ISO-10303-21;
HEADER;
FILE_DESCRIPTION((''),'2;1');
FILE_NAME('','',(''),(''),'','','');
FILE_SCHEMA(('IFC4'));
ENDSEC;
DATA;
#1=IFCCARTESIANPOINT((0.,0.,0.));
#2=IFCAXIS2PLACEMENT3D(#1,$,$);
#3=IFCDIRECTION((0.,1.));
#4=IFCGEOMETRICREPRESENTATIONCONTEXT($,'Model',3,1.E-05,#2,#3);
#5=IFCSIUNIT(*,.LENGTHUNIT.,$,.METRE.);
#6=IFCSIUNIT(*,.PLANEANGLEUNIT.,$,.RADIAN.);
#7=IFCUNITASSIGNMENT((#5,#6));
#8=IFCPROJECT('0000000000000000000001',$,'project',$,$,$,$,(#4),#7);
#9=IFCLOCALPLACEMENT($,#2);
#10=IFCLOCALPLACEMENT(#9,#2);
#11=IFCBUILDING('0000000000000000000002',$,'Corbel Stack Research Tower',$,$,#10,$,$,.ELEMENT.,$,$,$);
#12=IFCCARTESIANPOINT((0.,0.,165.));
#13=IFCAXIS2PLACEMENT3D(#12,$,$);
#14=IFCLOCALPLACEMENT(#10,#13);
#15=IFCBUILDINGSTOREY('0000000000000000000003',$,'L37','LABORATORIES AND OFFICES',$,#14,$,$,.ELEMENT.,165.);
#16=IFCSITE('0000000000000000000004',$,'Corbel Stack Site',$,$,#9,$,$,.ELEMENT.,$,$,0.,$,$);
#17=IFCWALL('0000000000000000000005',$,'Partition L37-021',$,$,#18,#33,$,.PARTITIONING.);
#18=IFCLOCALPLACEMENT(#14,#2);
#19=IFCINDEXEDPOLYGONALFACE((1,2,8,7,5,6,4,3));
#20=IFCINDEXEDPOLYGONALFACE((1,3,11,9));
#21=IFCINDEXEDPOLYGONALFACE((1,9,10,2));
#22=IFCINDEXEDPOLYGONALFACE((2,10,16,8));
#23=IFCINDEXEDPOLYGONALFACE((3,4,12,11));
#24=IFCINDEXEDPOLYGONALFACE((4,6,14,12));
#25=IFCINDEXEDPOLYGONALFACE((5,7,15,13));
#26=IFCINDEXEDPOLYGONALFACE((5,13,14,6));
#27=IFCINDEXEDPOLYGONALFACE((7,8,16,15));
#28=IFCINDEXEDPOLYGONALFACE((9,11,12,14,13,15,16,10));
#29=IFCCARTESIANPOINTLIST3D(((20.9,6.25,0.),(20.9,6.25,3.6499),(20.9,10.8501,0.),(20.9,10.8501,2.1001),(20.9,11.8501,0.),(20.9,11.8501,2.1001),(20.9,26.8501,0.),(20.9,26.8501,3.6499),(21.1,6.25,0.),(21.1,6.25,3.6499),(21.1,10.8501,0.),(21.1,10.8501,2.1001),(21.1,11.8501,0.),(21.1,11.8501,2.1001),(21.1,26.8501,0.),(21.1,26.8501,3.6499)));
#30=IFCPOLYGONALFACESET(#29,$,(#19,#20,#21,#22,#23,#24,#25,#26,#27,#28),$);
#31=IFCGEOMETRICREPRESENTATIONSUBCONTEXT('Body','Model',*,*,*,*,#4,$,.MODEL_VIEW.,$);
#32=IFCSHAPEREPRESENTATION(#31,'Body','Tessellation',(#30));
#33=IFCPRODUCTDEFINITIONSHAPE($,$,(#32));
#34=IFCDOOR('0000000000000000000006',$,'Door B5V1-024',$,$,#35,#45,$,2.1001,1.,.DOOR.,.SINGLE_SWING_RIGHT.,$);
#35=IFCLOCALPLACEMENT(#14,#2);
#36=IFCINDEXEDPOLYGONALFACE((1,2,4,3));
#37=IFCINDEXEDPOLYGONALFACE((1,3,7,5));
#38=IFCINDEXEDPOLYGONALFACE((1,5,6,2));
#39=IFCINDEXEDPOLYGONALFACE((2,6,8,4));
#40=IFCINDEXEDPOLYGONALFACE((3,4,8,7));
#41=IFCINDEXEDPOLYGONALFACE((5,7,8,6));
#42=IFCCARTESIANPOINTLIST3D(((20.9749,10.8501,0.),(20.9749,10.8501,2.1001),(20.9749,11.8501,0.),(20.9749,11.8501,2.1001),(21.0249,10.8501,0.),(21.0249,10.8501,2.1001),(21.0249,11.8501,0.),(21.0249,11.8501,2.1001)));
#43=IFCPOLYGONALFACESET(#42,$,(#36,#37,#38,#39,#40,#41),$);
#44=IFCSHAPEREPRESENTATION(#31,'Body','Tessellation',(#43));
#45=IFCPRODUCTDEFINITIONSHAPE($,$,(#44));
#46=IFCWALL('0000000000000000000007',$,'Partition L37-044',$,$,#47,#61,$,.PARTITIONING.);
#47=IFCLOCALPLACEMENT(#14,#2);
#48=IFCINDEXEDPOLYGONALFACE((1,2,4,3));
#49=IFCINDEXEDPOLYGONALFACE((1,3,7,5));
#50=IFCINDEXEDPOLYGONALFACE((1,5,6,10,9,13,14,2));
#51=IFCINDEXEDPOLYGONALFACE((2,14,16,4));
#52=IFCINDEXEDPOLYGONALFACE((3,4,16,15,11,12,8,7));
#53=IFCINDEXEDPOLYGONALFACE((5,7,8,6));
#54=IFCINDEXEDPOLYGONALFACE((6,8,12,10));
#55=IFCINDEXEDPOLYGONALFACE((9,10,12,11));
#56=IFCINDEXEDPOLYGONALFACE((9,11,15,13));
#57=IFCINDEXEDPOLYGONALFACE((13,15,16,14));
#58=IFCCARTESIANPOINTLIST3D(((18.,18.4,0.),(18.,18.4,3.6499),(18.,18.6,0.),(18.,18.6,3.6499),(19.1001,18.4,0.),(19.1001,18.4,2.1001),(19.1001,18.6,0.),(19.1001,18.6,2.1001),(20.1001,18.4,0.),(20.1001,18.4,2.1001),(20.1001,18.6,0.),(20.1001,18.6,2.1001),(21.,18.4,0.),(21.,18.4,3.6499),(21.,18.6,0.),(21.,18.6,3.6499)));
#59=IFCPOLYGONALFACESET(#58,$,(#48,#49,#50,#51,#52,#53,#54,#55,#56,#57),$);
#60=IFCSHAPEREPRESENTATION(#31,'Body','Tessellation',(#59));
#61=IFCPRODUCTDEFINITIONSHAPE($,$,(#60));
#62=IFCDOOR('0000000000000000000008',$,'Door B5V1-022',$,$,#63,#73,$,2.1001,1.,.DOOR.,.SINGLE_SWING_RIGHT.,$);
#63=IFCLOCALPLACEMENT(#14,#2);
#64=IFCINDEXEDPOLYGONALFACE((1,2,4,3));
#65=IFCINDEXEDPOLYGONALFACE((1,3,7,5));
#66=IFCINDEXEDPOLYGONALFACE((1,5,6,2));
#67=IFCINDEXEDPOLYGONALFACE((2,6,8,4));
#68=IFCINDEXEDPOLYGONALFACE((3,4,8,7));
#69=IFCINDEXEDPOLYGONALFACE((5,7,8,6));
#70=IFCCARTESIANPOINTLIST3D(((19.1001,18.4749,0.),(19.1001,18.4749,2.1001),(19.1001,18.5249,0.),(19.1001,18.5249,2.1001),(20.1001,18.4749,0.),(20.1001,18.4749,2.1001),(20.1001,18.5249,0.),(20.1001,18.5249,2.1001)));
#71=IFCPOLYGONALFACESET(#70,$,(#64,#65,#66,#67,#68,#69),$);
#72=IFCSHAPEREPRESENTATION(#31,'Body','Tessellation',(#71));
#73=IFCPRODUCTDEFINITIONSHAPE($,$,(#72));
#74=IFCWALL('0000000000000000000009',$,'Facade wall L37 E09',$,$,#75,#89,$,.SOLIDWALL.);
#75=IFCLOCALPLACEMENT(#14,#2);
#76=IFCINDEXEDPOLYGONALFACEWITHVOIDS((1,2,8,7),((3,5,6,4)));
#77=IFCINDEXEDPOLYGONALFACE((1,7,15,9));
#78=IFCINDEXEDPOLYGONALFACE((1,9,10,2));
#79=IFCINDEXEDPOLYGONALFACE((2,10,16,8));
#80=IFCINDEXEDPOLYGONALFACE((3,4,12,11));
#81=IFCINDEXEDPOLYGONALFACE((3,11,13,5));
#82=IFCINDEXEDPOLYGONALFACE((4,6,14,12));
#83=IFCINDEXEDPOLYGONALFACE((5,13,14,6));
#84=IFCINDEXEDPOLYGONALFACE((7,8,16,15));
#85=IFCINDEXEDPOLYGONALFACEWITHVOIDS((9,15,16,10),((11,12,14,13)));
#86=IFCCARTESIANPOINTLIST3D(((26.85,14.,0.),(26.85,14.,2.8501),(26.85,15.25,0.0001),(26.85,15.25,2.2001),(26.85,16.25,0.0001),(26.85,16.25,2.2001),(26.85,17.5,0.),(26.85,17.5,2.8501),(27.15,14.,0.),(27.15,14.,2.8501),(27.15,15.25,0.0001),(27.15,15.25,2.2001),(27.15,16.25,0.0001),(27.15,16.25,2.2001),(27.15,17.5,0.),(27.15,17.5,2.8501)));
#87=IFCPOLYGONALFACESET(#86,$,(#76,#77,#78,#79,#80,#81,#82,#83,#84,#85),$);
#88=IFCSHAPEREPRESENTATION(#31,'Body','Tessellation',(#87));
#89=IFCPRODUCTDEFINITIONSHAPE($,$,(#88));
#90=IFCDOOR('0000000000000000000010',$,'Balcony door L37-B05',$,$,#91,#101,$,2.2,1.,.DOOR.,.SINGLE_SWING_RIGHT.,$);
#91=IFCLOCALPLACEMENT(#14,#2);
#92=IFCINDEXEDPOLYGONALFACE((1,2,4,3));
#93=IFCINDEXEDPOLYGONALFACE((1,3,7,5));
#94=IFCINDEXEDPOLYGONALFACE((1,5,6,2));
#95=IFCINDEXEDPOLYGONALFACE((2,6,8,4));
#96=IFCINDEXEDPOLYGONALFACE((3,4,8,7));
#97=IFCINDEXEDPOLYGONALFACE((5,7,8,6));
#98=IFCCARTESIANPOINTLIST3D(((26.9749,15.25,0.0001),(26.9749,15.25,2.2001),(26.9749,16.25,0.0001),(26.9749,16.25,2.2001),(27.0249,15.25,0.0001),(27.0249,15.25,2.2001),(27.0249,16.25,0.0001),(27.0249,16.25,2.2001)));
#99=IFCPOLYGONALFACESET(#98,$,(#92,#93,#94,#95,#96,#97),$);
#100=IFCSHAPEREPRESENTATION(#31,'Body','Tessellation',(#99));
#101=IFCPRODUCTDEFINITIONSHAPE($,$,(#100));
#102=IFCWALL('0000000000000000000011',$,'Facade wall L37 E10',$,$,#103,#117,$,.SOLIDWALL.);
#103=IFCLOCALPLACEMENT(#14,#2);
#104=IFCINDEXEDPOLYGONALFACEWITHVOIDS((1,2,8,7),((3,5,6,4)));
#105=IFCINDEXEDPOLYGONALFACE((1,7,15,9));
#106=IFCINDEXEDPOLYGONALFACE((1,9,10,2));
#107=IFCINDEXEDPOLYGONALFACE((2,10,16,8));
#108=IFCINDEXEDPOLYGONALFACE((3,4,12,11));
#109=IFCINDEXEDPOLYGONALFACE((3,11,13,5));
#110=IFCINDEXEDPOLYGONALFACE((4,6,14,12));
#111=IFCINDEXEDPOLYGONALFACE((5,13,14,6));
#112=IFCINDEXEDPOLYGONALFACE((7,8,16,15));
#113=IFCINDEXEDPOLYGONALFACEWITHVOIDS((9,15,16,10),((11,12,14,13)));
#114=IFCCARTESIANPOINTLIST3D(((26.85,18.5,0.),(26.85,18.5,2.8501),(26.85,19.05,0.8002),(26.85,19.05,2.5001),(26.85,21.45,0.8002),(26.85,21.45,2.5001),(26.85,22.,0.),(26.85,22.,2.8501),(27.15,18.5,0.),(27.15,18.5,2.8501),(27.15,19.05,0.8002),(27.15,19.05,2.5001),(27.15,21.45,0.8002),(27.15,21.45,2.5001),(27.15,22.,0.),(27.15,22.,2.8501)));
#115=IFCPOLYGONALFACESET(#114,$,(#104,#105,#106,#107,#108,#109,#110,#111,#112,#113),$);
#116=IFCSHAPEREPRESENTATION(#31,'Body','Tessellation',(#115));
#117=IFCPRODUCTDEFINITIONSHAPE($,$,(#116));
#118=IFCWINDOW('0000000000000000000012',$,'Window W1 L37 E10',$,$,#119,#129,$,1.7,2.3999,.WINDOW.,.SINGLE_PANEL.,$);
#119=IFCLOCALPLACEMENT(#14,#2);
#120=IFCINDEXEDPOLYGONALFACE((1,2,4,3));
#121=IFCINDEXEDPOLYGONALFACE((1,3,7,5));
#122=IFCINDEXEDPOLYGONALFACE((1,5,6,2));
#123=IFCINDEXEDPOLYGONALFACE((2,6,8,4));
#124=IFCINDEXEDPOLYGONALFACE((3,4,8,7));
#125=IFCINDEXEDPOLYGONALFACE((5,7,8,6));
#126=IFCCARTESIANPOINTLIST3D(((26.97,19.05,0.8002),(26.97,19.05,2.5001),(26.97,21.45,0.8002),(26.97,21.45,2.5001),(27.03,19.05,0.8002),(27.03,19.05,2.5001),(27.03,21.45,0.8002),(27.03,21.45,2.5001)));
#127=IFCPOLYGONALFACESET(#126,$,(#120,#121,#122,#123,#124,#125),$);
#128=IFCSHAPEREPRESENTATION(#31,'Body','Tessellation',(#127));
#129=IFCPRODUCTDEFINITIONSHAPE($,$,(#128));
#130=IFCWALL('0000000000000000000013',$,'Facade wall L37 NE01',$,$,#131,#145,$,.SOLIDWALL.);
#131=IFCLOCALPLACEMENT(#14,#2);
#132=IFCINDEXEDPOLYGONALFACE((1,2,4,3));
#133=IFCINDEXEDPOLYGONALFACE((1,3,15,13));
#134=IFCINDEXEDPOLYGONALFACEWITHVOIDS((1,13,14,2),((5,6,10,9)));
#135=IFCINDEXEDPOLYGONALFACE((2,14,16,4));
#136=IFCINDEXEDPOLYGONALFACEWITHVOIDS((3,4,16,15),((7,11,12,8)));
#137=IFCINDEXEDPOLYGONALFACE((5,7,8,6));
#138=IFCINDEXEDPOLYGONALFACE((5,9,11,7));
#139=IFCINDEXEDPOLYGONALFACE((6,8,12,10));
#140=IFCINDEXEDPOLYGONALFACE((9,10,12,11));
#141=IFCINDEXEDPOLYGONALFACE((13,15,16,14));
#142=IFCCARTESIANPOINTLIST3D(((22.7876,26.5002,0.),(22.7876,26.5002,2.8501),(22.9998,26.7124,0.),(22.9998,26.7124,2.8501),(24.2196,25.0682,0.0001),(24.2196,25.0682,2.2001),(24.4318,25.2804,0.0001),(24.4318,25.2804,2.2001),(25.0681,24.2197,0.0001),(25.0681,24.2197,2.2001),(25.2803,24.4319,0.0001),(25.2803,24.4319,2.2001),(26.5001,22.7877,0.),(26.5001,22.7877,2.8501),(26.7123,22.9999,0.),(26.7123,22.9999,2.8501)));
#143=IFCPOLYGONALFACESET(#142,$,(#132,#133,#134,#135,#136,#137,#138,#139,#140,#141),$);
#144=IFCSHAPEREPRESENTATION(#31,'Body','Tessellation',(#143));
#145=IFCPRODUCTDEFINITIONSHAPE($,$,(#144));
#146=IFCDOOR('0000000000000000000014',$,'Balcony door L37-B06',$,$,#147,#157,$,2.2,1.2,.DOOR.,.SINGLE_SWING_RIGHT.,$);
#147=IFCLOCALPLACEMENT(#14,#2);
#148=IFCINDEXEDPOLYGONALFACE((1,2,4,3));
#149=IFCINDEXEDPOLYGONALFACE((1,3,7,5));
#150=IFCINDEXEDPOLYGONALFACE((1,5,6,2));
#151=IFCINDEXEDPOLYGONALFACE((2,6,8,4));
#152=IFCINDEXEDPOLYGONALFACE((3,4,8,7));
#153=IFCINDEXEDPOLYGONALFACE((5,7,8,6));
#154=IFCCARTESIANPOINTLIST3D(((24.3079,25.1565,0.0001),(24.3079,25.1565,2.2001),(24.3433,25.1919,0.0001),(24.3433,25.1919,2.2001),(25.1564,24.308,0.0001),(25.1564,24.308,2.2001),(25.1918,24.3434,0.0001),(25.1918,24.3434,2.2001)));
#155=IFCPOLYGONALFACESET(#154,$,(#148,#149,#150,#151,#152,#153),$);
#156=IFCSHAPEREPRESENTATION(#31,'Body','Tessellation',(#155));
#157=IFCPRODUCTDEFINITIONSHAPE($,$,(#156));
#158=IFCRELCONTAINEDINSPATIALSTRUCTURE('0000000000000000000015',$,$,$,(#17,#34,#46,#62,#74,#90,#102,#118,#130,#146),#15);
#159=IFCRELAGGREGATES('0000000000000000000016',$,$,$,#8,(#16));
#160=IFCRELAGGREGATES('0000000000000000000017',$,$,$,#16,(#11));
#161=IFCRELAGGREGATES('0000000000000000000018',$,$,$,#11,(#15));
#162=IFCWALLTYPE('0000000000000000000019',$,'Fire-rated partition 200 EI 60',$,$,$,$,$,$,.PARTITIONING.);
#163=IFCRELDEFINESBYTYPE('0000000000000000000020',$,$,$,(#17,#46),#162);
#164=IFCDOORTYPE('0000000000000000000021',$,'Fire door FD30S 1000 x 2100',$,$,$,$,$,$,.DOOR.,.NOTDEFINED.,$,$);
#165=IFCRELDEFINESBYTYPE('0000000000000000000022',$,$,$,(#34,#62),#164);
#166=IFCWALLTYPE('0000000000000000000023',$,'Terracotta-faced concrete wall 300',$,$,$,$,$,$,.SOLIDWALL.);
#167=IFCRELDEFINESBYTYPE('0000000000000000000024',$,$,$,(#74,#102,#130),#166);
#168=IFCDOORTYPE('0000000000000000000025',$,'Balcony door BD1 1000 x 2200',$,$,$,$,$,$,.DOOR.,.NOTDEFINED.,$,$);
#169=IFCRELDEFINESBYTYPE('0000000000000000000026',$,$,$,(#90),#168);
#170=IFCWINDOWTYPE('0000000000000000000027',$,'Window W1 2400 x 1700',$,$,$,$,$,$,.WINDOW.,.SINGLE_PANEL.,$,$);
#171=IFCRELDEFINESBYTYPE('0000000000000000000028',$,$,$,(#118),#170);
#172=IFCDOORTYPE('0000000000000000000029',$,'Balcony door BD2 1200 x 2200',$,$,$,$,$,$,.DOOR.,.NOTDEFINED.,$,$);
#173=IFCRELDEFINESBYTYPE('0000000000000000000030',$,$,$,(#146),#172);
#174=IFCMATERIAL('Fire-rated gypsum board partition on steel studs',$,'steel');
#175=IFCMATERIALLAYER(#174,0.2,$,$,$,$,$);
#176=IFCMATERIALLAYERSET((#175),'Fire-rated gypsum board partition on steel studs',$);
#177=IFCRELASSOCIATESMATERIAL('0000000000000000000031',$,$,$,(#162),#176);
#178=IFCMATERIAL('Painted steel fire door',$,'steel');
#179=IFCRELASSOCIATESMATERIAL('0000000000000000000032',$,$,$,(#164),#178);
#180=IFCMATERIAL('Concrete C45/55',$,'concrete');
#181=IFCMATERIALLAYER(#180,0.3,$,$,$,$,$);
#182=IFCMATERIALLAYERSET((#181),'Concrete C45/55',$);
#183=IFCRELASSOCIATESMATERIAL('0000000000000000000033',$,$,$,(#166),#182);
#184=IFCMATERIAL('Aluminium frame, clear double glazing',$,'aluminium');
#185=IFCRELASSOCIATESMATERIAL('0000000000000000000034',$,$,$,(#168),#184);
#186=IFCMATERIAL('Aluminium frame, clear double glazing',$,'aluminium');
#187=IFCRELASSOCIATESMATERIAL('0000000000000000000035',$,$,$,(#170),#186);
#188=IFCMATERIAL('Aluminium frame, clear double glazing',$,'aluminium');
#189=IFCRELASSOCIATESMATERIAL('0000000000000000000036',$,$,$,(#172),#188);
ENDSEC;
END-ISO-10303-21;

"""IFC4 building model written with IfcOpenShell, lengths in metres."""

from ifc_helpers import new_model, si_unit, direction, frame, frame_2d, origin, place, context, subcontext, project, spatial, rectangle, extrude, material, layer, layer_set, type_object, element, fill, save


model = new_model("IFC4")

# Units and contexts
model_context = context("Model", 3, precision=1e-05, world=origin(), true_north=direction((0.0, 1.0)))
body_context = subcontext(model_context, "Body", "Model", "MODEL_VIEW")
ifc_project = project(units=[si_unit("LENGTHUNIT", "METRE"), si_unit("PLANEANGLEUNIT", "RADIAN")], contexts=[model_context])

# Site, building, storey
site_placement = place(None, origin())
site = spatial("IfcSite", under=ifc_project, at=site_placement, Name="Corbel Stack Site", CompositionType="ELEMENT", RefElevation=0.0)
building_placement = place(site_placement, origin())
building = spatial("IfcBuilding", under=site, at=building_placement, Name="Corbel Stack Research Tower", CompositionType="ELEMENT")
storey_placement = place(building_placement, frame((0.0, 0.0, 165.0)))
storey = spatial("IfcBuildingStorey", under=building, at=storey_placement, Name="L37", Description="LABORATORIES AND OFFICES", CompositionType="ELEMENT", Elevation=165.0)

# Walls, openings, doors
ifc_material_1 = material(Name="Fire-rated gypsum board partition on steel studs", Category="steel")
ifc_layer_1 = layer(ifc_material_1, 0.2)
ifc_layer_set_1 = layer_set([ifc_layer_1], Name="Fire-rated gypsum board partition on steel studs")
wall_type_1 = type_object("IfcWallType", Name="Fire-rated partition 200 EI 60", PredefinedType="PARTITIONING", material=ifc_layer_set_1)
wall_1_placement = place(storey_placement, frame((21.0, 26.8501, 0.0), z_axis=(0.0, 0.0, 1.0), x_axis=(0.0, -1.0, 0.0)))
wall_1 = element("IfcWall", 1, at=wall_1_placement, inside=storey, type_object=wall_type_1, Name="Partition L37-021", PredefinedType="PARTITIONING", context=body_context, shape_type="SweptSolid", body=[
    extrude(rectangle(XDim=20.6001, YDim=0.2, at=frame_2d((10.3, 0.0))), origin(), (0.0, 0.0, 1.0), 3.6499),
])
opening_1_placement = place(wall_1_placement, frame((15.0, 0.0, 0.0)))
opening_1 = element("IfcOpeningElement", 2, at=opening_1_placement, cuts=wall_1, PredefinedType="OPENING", context=body_context, shape_type="SweptSolid", body=[
    extrude(rectangle(XDim=1.0, YDim=2.1001, at=frame_2d((0.5, 1.05))), frame((0.0, 0.1099, 0.0), z_axis=(0.0, -1.0, 0.0), x_axis=(1.0, 0.0, 0.0)), (0.0, 0.0, 1.0), 0.22),
])
ifc_material_2 = material(Name="Painted steel fire door", Category="steel")
door_type_1 = type_object("IfcDoorType", Name="Fire door FD30S 1000 x 2100", OperationType="NOTDEFINED", PredefinedType="DOOR", material=ifc_material_2)
door_1_placement = place(opening_1_placement, origin())
door_1 = element("IfcDoor", 3, at=door_1_placement, inside=storey, type_object=door_type_1, Name="Door B5V1-024", OperationType="SINGLE_SWING_RIGHT", OverallHeight=2.1001, OverallWidth=1.0, PredefinedType="DOOR", context=body_context, shape_type="SweptSolid", body=[
    extrude(rectangle(XDim=1.0, YDim=2.1001, at=frame_2d((0.5, 1.05))), frame((0.0, 0.0249, 0.0), z_axis=(0.0, -1.0, 0.0), x_axis=(1.0, 0.0, 0.0)), (0.0, 0.0, 1.0), 0.05),
])
fill(opening_1, door_1)
wall_2_placement = place(storey_placement, frame((18.0, 18.5, 0.0), z_axis=(0.0, 0.0, 1.0), x_axis=(1.0, 0.0, 0.0)))
wall_2 = element("IfcWall", 4, at=wall_2_placement, inside=storey, type_object=wall_type_1, Name="Partition L37-044", PredefinedType="PARTITIONING", context=body_context, shape_type="SweptSolid", body=[
    extrude(rectangle(XDim=3.0, YDim=0.2, at=frame_2d((1.5, 0.0))), origin(), (0.0, 0.0, 1.0), 3.6499),
])
opening_2_placement = place(wall_2_placement, frame((1.1001, 0.0, 0.0)))
opening_2 = element("IfcOpeningElement", 5, at=opening_2_placement, cuts=wall_2, PredefinedType="OPENING", context=body_context, shape_type="SweptSolid", body=[
    extrude(rectangle(XDim=1.0, YDim=2.1001, at=frame_2d((0.5, 1.05))), frame((0.0, 0.1099, 0.0), z_axis=(0.0, -1.0, 0.0), x_axis=(1.0, 0.0, 0.0)), (0.0, 0.0, 1.0), 0.22),
])
door_2_placement = place(opening_2_placement, origin())
door_2 = element("IfcDoor", 6, at=door_2_placement, inside=storey, type_object=door_type_1, Name="Door B5V1-022", OperationType="SINGLE_SWING_RIGHT", OverallHeight=2.1001, OverallWidth=1.0, PredefinedType="DOOR", context=body_context, shape_type="SweptSolid", body=[
    extrude(rectangle(XDim=1.0, YDim=2.1001, at=frame_2d((0.5, 1.05))), frame((0.0, 0.0249, 0.0), z_axis=(0.0, -1.0, 0.0), x_axis=(1.0, 0.0, 0.0)), (0.0, 0.0, 1.0), 0.05),
])
fill(opening_2, door_2)
ifc_material_3 = material(Name="Concrete C45/55", Category="concrete")
ifc_layer_2 = layer(ifc_material_3, 0.3)
ifc_layer_set_2 = layer_set([ifc_layer_2], Name="Concrete C45/55")
wall_type_2 = type_object("IfcWallType", Name="Terracotta-faced concrete wall 300", PredefinedType="SOLIDWALL", material=ifc_layer_set_2)
wall_3_placement = place(storey_placement, frame((27.0, 17.5, 0.0), z_axis=(0.0, 0.0, 1.0), x_axis=(0.0, -1.0, 0.0)))
wall_3 = element("IfcWall", 7, at=wall_3_placement, inside=storey, type_object=wall_type_2, Name="Facade wall L37 E09", PredefinedType="SOLIDWALL", context=body_context, shape_type="SweptSolid", body=[
    extrude(rectangle(XDim=3.5, YDim=0.3, at=frame_2d((1.75, 0.0))), origin(), (0.0, 0.0, 1.0), 2.8501),
])
opening_3_placement = place(wall_3_placement, frame((1.25, 0.0, 0.0)))
opening_3 = element("IfcOpeningElement", 8, at=opening_3_placement, cuts=wall_3, PredefinedType="OPENING", context=body_context, shape_type="SweptSolid", body=[
    extrude(rectangle(XDim=1.0, YDim=2.2, at=frame_2d((0.5, 1.1001))), frame((0.0, 0.1599, 0.0), z_axis=(0.0, -1.0, 0.0), x_axis=(1.0, 0.0, 0.0)), (0.0, 0.0, 1.0), 0.3201),
])
ifc_material_4 = material(Name="Aluminium frame, clear double glazing", Category="aluminium")
door_type_2 = type_object("IfcDoorType", Name="Balcony door BD1 1000 x 2200", OperationType="NOTDEFINED", PredefinedType="DOOR", material=ifc_material_4)
door_3_placement = place(opening_3_placement, origin())
door_3 = element("IfcDoor", 9, at=door_3_placement, inside=storey, type_object=door_type_2, Name="Balcony door L37-B05", OperationType="SINGLE_SWING_RIGHT", OverallHeight=2.2, OverallWidth=1.0, PredefinedType="DOOR", context=body_context, shape_type="SweptSolid", body=[
    extrude(rectangle(XDim=1.0, YDim=2.2, at=frame_2d((0.5, 1.1001))), frame((0.0, 0.0249, 0.0), z_axis=(0.0, -1.0, 0.0), x_axis=(1.0, 0.0, 0.0)), (0.0, 0.0, 1.0), 0.05),
])
fill(opening_3, door_3)

# Wall, opening, window
wall_4_placement = place(storey_placement, frame((27.0, 22.0, 0.0), z_axis=(0.0, 0.0, 1.0), x_axis=(0.0, -1.0, 0.0)))
wall_4 = element("IfcWall", 10, at=wall_4_placement, inside=storey, type_object=wall_type_2, Name="Facade wall L37 E10", PredefinedType="SOLIDWALL", context=body_context, shape_type="SweptSolid", body=[
    extrude(rectangle(XDim=3.5, YDim=0.3, at=frame_2d((1.75, 0.0))), origin(), (0.0, 0.0, 1.0), 2.8501),
])
opening_4_placement = place(wall_4_placement, frame((0.55, 0.0, 0.8)))
opening_4 = element("IfcOpeningElement", 11, at=opening_4_placement, cuts=wall_4, PredefinedType="OPENING", context=body_context, shape_type="SweptSolid", body=[
    extrude(rectangle(XDim=2.3999, YDim=1.7, at=frame_2d((1.2, 0.8501))), frame((0.0, 0.1599, 0.0), z_axis=(0.0, -1.0, 0.0), x_axis=(1.0, 0.0, 0.0)), (0.0, 0.0, 1.0), 0.3201),
])
ifc_material_5 = material(Name="Aluminium frame, clear double glazing", Category="aluminium")
window_type_1 = type_object("IfcWindowType", Name="Window W1 2400 x 1700", PartitioningType="SINGLE_PANEL", PredefinedType="WINDOW", material=ifc_material_5)
window_1_placement = place(opening_4_placement, origin())
window_1 = element("IfcWindow", 12, at=window_1_placement, inside=storey, type_object=window_type_1, Name="Window W1 L37 E10", OverallHeight=1.7, OverallWidth=2.3999, PartitioningType="SINGLE_PANEL", PredefinedType="WINDOW", context=body_context, shape_type="SweptSolid", body=[
    extrude(rectangle(XDim=2.3999, YDim=1.7, at=frame_2d((1.2, 0.8501))), frame((0.0, 0.03, 0.0), z_axis=(0.0, -1.0, 0.0), x_axis=(1.0, 0.0, 0.0)), (0.0, 0.0, 1.0), 0.0601),
])
fill(opening_4, window_1)

# Wall, opening, door
wall_5_placement = place(storey_placement, frame((22.8938, 26.6062, 0.0), z_axis=(0.0, 0.0, 1.0), x_axis=(0.707107, -0.707107, 0.0)))
wall_5 = element("IfcWall", 13, at=wall_5_placement, inside=storey, type_object=wall_type_2, Name="Facade wall L37 NE01", PredefinedType="SOLIDWALL", context=body_context, shape_type="SweptSolid", body=[
    extrude(rectangle(XDim=5.2502, YDim=0.3, at=frame_2d((2.625, 0.0))), origin(), (0.0, 0.0, 1.0), 2.8501),
])
opening_5_placement = place(wall_5_placement, frame((2.0249, 0.0, 0.0)))
opening_5 = element("IfcOpeningElement", 14, at=opening_5_placement, cuts=wall_5, PredefinedType="OPENING", context=body_context, shape_type="SweptSolid", body=[
    extrude(rectangle(XDim=1.2, YDim=2.2, at=frame_2d((0.6001, 1.1001))), frame((0.0, 0.1599, 0.0), z_axis=(0.0, -1.0, 0.0), x_axis=(1.0, 0.0, 0.0)), (0.0, 0.0, 1.0), 0.3201),
])
ifc_material_6 = material(Name="Aluminium frame, clear double glazing", Category="aluminium")
door_type_3 = type_object("IfcDoorType", Name="Balcony door BD2 1200 x 2200", OperationType="NOTDEFINED", PredefinedType="DOOR", material=ifc_material_6)
door_4_placement = place(opening_5_placement, origin())
door_4 = element("IfcDoor", 15, at=door_4_placement, inside=storey, type_object=door_type_3, Name="Balcony door L37-B06", OperationType="SINGLE_SWING_RIGHT", OverallHeight=2.2, OverallWidth=1.2, PredefinedType="DOOR", context=body_context, shape_type="SweptSolid", body=[
    extrude(rectangle(XDim=1.2, YDim=2.2, at=frame_2d((0.6001, 1.1001))), frame((0.0, 0.0249, 0.0), z_axis=(0.0, -1.0, 0.0), x_axis=(1.0, 0.0, 0.0)), (0.0, 0.0, 1.0), 0.05),
])
fill(opening_5, door_4)

save(model, "model.ifc")
